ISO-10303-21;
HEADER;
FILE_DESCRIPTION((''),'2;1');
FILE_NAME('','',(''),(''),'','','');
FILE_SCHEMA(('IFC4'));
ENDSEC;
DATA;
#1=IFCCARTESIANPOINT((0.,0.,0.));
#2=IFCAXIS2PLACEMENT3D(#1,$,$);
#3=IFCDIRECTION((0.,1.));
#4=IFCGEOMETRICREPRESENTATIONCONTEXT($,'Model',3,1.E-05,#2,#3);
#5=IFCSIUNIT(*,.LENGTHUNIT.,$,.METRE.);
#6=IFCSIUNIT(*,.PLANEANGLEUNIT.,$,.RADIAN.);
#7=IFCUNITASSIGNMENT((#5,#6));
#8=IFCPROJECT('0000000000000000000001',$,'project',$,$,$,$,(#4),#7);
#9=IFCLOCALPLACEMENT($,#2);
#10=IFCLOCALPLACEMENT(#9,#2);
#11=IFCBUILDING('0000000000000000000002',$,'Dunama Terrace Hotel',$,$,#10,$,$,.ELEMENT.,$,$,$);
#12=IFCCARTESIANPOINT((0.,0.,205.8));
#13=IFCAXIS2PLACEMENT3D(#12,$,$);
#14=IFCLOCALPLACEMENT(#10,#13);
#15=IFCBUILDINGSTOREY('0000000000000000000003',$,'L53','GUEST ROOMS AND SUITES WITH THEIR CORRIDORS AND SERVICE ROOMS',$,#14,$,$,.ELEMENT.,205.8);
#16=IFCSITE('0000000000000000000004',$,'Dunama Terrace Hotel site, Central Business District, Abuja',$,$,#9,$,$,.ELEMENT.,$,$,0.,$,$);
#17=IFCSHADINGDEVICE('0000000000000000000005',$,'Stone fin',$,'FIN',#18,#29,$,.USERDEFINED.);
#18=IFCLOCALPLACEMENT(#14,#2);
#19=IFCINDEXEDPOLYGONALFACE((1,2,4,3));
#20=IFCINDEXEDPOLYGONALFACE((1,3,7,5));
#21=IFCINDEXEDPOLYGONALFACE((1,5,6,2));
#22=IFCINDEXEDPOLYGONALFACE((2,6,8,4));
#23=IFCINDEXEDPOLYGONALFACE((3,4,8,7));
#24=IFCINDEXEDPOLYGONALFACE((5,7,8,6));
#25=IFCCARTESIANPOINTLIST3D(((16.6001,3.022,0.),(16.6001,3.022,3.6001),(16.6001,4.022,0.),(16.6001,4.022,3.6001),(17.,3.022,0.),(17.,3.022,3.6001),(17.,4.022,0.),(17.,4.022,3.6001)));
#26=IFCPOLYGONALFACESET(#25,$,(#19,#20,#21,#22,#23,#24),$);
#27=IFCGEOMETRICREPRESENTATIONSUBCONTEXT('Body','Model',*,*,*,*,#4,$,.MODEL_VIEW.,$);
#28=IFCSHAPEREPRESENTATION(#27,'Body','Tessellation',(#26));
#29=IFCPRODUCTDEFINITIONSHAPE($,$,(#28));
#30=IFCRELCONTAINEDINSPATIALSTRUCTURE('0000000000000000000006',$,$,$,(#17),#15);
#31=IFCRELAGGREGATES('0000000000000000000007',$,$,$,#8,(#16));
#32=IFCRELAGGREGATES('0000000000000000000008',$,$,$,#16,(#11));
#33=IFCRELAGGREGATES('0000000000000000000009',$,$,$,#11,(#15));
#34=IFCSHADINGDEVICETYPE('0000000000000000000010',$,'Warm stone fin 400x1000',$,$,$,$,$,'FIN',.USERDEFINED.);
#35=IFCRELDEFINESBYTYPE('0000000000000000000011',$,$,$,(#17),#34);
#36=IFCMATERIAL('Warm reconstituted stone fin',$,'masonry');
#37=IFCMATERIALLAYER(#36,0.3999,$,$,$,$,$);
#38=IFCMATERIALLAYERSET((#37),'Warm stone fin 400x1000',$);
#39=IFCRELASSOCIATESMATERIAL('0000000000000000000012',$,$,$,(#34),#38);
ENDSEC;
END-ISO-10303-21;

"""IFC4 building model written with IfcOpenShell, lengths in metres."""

from ifc_helpers import new_model, si_unit, direction, frame, origin, origin_2d, place, context, subcontext, project, spatial, rectangle, extrude, material, layer, layer_set, type_object, element, save


model = new_model("IFC4")

# Units and contexts
model_context = context("Model", 3, precision=1e-05, world=origin(), true_north=direction((0.0, 1.0)))
body_context = subcontext(model_context, "Body", "Model", "MODEL_VIEW")
ifc_project = project(units=[si_unit("LENGTHUNIT", "METRE"), si_unit("PLANEANGLEUNIT", "RADIAN")], contexts=[model_context])

# Site, building, storey
site_placement = place(None, origin())
site = spatial("IfcSite", under=ifc_project, at=site_placement, Name="Dunama Terrace Hotel site, Central Business District, Abuja", CompositionType="ELEMENT", RefElevation=0.0)
building_placement = place(site_placement, origin())
building = spatial("IfcBuilding", under=site, at=building_placement, Name="Dunama Terrace Hotel", CompositionType="ELEMENT")
storey_placement = place(building_placement, frame((0.0, 0.0, 205.8)))
storey = spatial("IfcBuildingStorey", under=building, at=storey_placement, Name="L53", Description="GUEST ROOMS AND SUITES WITH THEIR CORRIDORS AND SERVICE ROOMS", CompositionType="ELEMENT", Elevation=205.8)

# Shading device
ifc_material_1 = material(Name="Warm reconstituted stone fin", Category="masonry")
ifc_layer_1 = layer(ifc_material_1, 0.3999)
ifc_layer_set_1 = layer_set([ifc_layer_1], Name="Warm stone fin 400x1000")
shading_device_type = type_object("IfcShadingDeviceType", Name="Warm stone fin 400x1000", ElementType="FIN", PredefinedType="USERDEFINED", material=ifc_layer_set_1)
shading_device_placement = place(storey_placement, frame((16.8, 3.522, 0.0), z_axis=(0.0, 0.0, 1.0), x_axis=(1.0, 0.0, 0.0)))
element("IfcShadingDevice", 1, at=shading_device_placement, inside=storey, type_object=shading_device_type, Name="Stone fin", ObjectType="FIN", PredefinedType="USERDEFINED", context=body_context, shape_type="SweptSolid", body=[
    extrude(rectangle(XDim=0.3999, YDim=1.0, at=origin_2d()), origin(), (0.0, 0.0, 1.0), 3.6001),
])

save(model, "model.ifc")
